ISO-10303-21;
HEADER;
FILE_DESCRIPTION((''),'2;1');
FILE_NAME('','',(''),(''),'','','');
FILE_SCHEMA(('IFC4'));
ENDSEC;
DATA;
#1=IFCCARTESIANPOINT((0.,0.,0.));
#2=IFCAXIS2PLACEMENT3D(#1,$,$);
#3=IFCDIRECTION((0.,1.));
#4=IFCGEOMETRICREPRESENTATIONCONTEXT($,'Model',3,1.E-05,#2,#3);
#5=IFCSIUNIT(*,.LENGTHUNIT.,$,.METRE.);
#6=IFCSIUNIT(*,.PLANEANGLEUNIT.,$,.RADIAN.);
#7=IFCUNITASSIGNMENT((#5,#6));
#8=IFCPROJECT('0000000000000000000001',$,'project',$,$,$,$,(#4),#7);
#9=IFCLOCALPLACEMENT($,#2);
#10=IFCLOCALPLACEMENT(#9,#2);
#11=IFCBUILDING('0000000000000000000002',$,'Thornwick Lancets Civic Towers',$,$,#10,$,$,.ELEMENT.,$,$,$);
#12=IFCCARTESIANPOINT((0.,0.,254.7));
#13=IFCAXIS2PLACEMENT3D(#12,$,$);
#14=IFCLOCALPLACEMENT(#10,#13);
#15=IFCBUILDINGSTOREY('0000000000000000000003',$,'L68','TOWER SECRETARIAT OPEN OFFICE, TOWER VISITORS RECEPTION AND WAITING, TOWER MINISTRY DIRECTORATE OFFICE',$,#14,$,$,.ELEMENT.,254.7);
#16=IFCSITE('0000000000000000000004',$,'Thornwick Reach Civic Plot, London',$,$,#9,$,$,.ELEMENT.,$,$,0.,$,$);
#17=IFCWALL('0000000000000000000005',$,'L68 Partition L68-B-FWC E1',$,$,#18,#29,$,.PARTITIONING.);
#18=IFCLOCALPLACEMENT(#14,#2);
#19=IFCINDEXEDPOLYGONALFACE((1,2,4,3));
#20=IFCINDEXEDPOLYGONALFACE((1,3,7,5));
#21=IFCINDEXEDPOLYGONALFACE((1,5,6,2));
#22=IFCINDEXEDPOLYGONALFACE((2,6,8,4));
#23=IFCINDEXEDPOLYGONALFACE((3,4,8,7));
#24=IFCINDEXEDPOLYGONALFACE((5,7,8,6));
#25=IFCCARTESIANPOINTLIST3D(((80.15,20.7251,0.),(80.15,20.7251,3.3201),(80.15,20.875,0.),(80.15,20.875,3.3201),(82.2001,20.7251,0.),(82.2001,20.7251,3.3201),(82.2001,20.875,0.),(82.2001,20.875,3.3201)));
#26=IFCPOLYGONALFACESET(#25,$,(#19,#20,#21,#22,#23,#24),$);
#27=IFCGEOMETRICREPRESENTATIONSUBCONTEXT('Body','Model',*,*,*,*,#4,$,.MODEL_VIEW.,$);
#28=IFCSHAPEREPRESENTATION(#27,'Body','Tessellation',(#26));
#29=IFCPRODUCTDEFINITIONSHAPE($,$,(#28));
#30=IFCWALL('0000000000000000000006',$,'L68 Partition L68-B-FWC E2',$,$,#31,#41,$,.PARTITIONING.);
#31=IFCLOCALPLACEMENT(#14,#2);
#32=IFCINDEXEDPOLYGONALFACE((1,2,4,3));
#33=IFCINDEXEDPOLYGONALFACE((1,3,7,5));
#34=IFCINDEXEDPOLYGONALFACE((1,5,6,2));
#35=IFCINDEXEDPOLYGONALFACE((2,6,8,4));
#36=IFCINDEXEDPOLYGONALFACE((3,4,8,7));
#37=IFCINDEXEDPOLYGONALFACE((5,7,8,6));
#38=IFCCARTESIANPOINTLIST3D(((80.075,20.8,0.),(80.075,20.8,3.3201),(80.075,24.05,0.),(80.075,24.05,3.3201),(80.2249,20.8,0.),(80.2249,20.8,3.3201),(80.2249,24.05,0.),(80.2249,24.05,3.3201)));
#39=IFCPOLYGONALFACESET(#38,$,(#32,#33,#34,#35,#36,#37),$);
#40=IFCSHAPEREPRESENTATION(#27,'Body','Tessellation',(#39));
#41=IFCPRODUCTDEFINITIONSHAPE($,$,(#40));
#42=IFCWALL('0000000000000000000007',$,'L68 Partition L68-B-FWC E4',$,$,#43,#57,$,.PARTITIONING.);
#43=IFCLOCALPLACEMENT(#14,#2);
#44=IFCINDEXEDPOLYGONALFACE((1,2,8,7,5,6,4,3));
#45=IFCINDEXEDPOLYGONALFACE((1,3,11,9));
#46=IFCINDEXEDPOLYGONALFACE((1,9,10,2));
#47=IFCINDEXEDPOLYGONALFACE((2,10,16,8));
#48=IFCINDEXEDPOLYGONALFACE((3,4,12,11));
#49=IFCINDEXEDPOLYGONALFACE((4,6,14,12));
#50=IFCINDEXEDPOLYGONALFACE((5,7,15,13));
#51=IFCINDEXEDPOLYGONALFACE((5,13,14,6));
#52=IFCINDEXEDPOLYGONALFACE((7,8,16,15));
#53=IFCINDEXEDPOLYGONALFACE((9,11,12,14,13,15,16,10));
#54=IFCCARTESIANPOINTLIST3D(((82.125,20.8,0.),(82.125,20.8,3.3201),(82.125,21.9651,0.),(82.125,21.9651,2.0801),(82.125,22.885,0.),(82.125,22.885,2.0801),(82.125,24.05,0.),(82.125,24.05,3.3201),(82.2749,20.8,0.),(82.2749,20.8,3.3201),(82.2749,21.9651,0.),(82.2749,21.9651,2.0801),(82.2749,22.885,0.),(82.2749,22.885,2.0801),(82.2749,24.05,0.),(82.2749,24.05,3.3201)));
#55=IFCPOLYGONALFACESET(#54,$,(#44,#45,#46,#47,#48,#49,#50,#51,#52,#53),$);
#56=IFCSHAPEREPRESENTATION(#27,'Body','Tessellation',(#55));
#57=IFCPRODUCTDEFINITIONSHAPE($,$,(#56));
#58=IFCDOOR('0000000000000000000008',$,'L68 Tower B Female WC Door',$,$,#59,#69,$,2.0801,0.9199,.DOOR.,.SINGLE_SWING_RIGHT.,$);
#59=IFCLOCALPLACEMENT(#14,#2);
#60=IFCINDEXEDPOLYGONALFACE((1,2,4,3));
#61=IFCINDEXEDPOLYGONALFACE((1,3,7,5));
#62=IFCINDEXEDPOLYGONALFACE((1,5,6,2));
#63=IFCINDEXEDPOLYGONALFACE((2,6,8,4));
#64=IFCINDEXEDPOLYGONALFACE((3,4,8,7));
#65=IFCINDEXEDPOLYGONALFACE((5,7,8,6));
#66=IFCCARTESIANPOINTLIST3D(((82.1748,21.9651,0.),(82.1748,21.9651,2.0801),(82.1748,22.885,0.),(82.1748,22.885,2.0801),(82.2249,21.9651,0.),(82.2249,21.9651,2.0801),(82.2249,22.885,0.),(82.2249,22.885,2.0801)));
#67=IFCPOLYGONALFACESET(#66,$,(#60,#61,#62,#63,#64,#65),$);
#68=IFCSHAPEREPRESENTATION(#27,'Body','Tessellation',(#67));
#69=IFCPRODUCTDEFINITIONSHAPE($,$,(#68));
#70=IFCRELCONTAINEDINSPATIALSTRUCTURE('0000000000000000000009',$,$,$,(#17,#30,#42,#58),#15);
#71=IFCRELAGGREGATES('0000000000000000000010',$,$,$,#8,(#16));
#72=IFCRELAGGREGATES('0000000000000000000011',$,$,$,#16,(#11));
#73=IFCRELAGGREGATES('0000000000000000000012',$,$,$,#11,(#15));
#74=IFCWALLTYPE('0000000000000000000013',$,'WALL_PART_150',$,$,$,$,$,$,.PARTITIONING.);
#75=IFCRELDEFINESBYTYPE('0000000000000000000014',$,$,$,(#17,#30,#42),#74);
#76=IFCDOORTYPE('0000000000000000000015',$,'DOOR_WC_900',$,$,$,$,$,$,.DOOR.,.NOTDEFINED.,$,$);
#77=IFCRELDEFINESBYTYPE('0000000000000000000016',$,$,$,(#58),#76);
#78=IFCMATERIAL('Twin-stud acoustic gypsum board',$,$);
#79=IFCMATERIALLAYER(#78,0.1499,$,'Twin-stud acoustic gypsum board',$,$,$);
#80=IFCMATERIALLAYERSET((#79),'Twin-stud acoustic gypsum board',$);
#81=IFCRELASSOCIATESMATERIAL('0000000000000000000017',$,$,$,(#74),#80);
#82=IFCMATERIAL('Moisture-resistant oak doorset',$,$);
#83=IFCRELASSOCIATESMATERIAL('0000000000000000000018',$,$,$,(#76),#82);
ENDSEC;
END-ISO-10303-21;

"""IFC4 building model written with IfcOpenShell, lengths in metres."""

from ifc_helpers import new_model, si_unit, direction, frame, frame_2d, origin, place, context, subcontext, project, spatial, rectangle, extrude, material, layer, layer_set, type_object, element, fill, save


model = new_model("IFC4")

# Units and contexts
model_context = context("Model", 3, precision=1e-05, world=origin(), true_north=direction((0.0, 1.0)))
body_context = subcontext(model_context, "Body", "Model", "MODEL_VIEW")
ifc_project = project(units=[si_unit("LENGTHUNIT", "METRE"), si_unit("PLANEANGLEUNIT", "RADIAN")], contexts=[model_context])

# Site, building, storey
site_placement = place(None, origin())
site = spatial("IfcSite", under=ifc_project, at=site_placement, Name="Thornwick Reach Civic Plot, London", CompositionType="ELEMENT", RefElevation=0.0)
building_placement = place(site_placement, origin())
building = spatial("IfcBuilding", under=site, at=building_placement, Name="Thornwick Lancets Civic Towers", CompositionType="ELEMENT")
storey_placement = place(building_placement, frame((0.0, 0.0, 254.7)))
storey = spatial("IfcBuildingStorey", under=building, at=storey_placement, Name="L68", Description="TOWER SECRETARIAT OPEN OFFICE, TOWER VISITORS RECEPTION AND WAITING, TOWER MINISTRY DIRECTORATE OFFICE", CompositionType="ELEMENT", Elevation=254.7)

# Walls
ifc_material_1 = material(Name="Twin-stud acoustic gypsum board")
ifc_layer_1 = layer(ifc_material_1, 0.1499, Name="Twin-stud acoustic gypsum board")
ifc_layer_set_1 = layer_set([ifc_layer_1], Name="Twin-stud acoustic gypsum board")
wall_type_1 = type_object("IfcWallType", Name="WALL_PART_150", PredefinedType="PARTITIONING", material=ifc_layer_set_1)
wall_1_placement = place(storey_placement, frame((82.2, 20.8, 0.0), z_axis=(0.0, 0.0, 1.0), x_axis=(-1.0, 0.0, 0.0)))
element("IfcWall", 1, at=wall_1_placement, inside=storey, type_object=wall_type_1, Name="L68 Partition L68-B-FWC E1", PredefinedType="PARTITIONING", context=body_context, shape_type="SweptSolid", body=[
    extrude(rectangle(XDim=2.05, YDim=0.1499, at=frame_2d((1.0249, 0.0))), origin(), (0.0, 0.0, 1.0), 3.3201),
])
wall_2_placement = place(storey_placement, frame((80.1499, 20.8, 0.0), z_axis=(0.0, 0.0, 1.0), x_axis=(0.0, 1.0, 0.0)))
element("IfcWall", 2, at=wall_2_placement, inside=storey, type_object=wall_type_1, Name="L68 Partition L68-B-FWC E2", PredefinedType="PARTITIONING", context=body_context, shape_type="SweptSolid", body=[
    extrude(rectangle(XDim=3.25, YDim=0.1499, at=frame_2d((1.625, 0.0))), origin(), (0.0, 0.0, 1.0), 3.3201),
])

# Wall, opening, door
wall_3_placement = place(storey_placement, frame((82.2, 24.05, 0.0), z_axis=(0.0, 0.0, 1.0), x_axis=(0.0, -1.0, 0.0)))
wall_3 = element("IfcWall", 3, at=wall_3_placement, inside=storey, type_object=wall_type_1, Name="L68 Partition L68-B-FWC E4", PredefinedType="PARTITIONING", context=body_context, shape_type="SweptSolid", body=[
    extrude(rectangle(XDim=3.25, YDim=0.1499, at=frame_2d((1.625, 0.0))), origin(), (0.0, 0.0, 1.0), 3.3201),
])
opening_1_placement = place(wall_3_placement, frame((1.165, 0.0, 0.0)))
opening_1 = element("IfcOpeningElement", 4, at=opening_1_placement, cuts=wall_3, PredefinedType="OPENING", context=body_context, shape_type="SweptSolid", body=[
    extrude(rectangle(XDim=0.9199, YDim=2.0801, at=frame_2d((0.46, 1.04))), frame((0.0, 0.085, 0.0), z_axis=(0.0, -1.0, 0.0), x_axis=(1.0, 0.0, 0.0)), (0.0, 0.0, 1.0), 0.1699),
])
ifc_material_2 = material(Name="Moisture-resistant oak doorset")
door_type_1 = type_object("IfcDoorType", Name="DOOR_WC_900", OperationType="NOTDEFINED", PredefinedType="DOOR", material=ifc_material_2)
door_1_placement = place(opening_1_placement, origin())
door_1 = element("IfcDoor", 5, at=door_1_placement, inside=storey, type_object=door_type_1, Name="L68 Tower B Female WC Door", OperationType="SINGLE_SWING_RIGHT", OverallHeight=2.0801, OverallWidth=0.9199, PredefinedType="DOOR", context=body_context, shape_type="SweptSolid", body=[
    extrude(rectangle(XDim=0.9199, YDim=2.0801, at=frame_2d((0.46, 1.04))), frame((0.0, 0.0249, 0.0), z_axis=(0.0, -1.0, 0.0), x_axis=(1.0, 0.0, 0.0)), (0.0, 0.0, 1.0), 0.05),
])
fill(opening_1, door_1)

save(model, "model.ifc")
